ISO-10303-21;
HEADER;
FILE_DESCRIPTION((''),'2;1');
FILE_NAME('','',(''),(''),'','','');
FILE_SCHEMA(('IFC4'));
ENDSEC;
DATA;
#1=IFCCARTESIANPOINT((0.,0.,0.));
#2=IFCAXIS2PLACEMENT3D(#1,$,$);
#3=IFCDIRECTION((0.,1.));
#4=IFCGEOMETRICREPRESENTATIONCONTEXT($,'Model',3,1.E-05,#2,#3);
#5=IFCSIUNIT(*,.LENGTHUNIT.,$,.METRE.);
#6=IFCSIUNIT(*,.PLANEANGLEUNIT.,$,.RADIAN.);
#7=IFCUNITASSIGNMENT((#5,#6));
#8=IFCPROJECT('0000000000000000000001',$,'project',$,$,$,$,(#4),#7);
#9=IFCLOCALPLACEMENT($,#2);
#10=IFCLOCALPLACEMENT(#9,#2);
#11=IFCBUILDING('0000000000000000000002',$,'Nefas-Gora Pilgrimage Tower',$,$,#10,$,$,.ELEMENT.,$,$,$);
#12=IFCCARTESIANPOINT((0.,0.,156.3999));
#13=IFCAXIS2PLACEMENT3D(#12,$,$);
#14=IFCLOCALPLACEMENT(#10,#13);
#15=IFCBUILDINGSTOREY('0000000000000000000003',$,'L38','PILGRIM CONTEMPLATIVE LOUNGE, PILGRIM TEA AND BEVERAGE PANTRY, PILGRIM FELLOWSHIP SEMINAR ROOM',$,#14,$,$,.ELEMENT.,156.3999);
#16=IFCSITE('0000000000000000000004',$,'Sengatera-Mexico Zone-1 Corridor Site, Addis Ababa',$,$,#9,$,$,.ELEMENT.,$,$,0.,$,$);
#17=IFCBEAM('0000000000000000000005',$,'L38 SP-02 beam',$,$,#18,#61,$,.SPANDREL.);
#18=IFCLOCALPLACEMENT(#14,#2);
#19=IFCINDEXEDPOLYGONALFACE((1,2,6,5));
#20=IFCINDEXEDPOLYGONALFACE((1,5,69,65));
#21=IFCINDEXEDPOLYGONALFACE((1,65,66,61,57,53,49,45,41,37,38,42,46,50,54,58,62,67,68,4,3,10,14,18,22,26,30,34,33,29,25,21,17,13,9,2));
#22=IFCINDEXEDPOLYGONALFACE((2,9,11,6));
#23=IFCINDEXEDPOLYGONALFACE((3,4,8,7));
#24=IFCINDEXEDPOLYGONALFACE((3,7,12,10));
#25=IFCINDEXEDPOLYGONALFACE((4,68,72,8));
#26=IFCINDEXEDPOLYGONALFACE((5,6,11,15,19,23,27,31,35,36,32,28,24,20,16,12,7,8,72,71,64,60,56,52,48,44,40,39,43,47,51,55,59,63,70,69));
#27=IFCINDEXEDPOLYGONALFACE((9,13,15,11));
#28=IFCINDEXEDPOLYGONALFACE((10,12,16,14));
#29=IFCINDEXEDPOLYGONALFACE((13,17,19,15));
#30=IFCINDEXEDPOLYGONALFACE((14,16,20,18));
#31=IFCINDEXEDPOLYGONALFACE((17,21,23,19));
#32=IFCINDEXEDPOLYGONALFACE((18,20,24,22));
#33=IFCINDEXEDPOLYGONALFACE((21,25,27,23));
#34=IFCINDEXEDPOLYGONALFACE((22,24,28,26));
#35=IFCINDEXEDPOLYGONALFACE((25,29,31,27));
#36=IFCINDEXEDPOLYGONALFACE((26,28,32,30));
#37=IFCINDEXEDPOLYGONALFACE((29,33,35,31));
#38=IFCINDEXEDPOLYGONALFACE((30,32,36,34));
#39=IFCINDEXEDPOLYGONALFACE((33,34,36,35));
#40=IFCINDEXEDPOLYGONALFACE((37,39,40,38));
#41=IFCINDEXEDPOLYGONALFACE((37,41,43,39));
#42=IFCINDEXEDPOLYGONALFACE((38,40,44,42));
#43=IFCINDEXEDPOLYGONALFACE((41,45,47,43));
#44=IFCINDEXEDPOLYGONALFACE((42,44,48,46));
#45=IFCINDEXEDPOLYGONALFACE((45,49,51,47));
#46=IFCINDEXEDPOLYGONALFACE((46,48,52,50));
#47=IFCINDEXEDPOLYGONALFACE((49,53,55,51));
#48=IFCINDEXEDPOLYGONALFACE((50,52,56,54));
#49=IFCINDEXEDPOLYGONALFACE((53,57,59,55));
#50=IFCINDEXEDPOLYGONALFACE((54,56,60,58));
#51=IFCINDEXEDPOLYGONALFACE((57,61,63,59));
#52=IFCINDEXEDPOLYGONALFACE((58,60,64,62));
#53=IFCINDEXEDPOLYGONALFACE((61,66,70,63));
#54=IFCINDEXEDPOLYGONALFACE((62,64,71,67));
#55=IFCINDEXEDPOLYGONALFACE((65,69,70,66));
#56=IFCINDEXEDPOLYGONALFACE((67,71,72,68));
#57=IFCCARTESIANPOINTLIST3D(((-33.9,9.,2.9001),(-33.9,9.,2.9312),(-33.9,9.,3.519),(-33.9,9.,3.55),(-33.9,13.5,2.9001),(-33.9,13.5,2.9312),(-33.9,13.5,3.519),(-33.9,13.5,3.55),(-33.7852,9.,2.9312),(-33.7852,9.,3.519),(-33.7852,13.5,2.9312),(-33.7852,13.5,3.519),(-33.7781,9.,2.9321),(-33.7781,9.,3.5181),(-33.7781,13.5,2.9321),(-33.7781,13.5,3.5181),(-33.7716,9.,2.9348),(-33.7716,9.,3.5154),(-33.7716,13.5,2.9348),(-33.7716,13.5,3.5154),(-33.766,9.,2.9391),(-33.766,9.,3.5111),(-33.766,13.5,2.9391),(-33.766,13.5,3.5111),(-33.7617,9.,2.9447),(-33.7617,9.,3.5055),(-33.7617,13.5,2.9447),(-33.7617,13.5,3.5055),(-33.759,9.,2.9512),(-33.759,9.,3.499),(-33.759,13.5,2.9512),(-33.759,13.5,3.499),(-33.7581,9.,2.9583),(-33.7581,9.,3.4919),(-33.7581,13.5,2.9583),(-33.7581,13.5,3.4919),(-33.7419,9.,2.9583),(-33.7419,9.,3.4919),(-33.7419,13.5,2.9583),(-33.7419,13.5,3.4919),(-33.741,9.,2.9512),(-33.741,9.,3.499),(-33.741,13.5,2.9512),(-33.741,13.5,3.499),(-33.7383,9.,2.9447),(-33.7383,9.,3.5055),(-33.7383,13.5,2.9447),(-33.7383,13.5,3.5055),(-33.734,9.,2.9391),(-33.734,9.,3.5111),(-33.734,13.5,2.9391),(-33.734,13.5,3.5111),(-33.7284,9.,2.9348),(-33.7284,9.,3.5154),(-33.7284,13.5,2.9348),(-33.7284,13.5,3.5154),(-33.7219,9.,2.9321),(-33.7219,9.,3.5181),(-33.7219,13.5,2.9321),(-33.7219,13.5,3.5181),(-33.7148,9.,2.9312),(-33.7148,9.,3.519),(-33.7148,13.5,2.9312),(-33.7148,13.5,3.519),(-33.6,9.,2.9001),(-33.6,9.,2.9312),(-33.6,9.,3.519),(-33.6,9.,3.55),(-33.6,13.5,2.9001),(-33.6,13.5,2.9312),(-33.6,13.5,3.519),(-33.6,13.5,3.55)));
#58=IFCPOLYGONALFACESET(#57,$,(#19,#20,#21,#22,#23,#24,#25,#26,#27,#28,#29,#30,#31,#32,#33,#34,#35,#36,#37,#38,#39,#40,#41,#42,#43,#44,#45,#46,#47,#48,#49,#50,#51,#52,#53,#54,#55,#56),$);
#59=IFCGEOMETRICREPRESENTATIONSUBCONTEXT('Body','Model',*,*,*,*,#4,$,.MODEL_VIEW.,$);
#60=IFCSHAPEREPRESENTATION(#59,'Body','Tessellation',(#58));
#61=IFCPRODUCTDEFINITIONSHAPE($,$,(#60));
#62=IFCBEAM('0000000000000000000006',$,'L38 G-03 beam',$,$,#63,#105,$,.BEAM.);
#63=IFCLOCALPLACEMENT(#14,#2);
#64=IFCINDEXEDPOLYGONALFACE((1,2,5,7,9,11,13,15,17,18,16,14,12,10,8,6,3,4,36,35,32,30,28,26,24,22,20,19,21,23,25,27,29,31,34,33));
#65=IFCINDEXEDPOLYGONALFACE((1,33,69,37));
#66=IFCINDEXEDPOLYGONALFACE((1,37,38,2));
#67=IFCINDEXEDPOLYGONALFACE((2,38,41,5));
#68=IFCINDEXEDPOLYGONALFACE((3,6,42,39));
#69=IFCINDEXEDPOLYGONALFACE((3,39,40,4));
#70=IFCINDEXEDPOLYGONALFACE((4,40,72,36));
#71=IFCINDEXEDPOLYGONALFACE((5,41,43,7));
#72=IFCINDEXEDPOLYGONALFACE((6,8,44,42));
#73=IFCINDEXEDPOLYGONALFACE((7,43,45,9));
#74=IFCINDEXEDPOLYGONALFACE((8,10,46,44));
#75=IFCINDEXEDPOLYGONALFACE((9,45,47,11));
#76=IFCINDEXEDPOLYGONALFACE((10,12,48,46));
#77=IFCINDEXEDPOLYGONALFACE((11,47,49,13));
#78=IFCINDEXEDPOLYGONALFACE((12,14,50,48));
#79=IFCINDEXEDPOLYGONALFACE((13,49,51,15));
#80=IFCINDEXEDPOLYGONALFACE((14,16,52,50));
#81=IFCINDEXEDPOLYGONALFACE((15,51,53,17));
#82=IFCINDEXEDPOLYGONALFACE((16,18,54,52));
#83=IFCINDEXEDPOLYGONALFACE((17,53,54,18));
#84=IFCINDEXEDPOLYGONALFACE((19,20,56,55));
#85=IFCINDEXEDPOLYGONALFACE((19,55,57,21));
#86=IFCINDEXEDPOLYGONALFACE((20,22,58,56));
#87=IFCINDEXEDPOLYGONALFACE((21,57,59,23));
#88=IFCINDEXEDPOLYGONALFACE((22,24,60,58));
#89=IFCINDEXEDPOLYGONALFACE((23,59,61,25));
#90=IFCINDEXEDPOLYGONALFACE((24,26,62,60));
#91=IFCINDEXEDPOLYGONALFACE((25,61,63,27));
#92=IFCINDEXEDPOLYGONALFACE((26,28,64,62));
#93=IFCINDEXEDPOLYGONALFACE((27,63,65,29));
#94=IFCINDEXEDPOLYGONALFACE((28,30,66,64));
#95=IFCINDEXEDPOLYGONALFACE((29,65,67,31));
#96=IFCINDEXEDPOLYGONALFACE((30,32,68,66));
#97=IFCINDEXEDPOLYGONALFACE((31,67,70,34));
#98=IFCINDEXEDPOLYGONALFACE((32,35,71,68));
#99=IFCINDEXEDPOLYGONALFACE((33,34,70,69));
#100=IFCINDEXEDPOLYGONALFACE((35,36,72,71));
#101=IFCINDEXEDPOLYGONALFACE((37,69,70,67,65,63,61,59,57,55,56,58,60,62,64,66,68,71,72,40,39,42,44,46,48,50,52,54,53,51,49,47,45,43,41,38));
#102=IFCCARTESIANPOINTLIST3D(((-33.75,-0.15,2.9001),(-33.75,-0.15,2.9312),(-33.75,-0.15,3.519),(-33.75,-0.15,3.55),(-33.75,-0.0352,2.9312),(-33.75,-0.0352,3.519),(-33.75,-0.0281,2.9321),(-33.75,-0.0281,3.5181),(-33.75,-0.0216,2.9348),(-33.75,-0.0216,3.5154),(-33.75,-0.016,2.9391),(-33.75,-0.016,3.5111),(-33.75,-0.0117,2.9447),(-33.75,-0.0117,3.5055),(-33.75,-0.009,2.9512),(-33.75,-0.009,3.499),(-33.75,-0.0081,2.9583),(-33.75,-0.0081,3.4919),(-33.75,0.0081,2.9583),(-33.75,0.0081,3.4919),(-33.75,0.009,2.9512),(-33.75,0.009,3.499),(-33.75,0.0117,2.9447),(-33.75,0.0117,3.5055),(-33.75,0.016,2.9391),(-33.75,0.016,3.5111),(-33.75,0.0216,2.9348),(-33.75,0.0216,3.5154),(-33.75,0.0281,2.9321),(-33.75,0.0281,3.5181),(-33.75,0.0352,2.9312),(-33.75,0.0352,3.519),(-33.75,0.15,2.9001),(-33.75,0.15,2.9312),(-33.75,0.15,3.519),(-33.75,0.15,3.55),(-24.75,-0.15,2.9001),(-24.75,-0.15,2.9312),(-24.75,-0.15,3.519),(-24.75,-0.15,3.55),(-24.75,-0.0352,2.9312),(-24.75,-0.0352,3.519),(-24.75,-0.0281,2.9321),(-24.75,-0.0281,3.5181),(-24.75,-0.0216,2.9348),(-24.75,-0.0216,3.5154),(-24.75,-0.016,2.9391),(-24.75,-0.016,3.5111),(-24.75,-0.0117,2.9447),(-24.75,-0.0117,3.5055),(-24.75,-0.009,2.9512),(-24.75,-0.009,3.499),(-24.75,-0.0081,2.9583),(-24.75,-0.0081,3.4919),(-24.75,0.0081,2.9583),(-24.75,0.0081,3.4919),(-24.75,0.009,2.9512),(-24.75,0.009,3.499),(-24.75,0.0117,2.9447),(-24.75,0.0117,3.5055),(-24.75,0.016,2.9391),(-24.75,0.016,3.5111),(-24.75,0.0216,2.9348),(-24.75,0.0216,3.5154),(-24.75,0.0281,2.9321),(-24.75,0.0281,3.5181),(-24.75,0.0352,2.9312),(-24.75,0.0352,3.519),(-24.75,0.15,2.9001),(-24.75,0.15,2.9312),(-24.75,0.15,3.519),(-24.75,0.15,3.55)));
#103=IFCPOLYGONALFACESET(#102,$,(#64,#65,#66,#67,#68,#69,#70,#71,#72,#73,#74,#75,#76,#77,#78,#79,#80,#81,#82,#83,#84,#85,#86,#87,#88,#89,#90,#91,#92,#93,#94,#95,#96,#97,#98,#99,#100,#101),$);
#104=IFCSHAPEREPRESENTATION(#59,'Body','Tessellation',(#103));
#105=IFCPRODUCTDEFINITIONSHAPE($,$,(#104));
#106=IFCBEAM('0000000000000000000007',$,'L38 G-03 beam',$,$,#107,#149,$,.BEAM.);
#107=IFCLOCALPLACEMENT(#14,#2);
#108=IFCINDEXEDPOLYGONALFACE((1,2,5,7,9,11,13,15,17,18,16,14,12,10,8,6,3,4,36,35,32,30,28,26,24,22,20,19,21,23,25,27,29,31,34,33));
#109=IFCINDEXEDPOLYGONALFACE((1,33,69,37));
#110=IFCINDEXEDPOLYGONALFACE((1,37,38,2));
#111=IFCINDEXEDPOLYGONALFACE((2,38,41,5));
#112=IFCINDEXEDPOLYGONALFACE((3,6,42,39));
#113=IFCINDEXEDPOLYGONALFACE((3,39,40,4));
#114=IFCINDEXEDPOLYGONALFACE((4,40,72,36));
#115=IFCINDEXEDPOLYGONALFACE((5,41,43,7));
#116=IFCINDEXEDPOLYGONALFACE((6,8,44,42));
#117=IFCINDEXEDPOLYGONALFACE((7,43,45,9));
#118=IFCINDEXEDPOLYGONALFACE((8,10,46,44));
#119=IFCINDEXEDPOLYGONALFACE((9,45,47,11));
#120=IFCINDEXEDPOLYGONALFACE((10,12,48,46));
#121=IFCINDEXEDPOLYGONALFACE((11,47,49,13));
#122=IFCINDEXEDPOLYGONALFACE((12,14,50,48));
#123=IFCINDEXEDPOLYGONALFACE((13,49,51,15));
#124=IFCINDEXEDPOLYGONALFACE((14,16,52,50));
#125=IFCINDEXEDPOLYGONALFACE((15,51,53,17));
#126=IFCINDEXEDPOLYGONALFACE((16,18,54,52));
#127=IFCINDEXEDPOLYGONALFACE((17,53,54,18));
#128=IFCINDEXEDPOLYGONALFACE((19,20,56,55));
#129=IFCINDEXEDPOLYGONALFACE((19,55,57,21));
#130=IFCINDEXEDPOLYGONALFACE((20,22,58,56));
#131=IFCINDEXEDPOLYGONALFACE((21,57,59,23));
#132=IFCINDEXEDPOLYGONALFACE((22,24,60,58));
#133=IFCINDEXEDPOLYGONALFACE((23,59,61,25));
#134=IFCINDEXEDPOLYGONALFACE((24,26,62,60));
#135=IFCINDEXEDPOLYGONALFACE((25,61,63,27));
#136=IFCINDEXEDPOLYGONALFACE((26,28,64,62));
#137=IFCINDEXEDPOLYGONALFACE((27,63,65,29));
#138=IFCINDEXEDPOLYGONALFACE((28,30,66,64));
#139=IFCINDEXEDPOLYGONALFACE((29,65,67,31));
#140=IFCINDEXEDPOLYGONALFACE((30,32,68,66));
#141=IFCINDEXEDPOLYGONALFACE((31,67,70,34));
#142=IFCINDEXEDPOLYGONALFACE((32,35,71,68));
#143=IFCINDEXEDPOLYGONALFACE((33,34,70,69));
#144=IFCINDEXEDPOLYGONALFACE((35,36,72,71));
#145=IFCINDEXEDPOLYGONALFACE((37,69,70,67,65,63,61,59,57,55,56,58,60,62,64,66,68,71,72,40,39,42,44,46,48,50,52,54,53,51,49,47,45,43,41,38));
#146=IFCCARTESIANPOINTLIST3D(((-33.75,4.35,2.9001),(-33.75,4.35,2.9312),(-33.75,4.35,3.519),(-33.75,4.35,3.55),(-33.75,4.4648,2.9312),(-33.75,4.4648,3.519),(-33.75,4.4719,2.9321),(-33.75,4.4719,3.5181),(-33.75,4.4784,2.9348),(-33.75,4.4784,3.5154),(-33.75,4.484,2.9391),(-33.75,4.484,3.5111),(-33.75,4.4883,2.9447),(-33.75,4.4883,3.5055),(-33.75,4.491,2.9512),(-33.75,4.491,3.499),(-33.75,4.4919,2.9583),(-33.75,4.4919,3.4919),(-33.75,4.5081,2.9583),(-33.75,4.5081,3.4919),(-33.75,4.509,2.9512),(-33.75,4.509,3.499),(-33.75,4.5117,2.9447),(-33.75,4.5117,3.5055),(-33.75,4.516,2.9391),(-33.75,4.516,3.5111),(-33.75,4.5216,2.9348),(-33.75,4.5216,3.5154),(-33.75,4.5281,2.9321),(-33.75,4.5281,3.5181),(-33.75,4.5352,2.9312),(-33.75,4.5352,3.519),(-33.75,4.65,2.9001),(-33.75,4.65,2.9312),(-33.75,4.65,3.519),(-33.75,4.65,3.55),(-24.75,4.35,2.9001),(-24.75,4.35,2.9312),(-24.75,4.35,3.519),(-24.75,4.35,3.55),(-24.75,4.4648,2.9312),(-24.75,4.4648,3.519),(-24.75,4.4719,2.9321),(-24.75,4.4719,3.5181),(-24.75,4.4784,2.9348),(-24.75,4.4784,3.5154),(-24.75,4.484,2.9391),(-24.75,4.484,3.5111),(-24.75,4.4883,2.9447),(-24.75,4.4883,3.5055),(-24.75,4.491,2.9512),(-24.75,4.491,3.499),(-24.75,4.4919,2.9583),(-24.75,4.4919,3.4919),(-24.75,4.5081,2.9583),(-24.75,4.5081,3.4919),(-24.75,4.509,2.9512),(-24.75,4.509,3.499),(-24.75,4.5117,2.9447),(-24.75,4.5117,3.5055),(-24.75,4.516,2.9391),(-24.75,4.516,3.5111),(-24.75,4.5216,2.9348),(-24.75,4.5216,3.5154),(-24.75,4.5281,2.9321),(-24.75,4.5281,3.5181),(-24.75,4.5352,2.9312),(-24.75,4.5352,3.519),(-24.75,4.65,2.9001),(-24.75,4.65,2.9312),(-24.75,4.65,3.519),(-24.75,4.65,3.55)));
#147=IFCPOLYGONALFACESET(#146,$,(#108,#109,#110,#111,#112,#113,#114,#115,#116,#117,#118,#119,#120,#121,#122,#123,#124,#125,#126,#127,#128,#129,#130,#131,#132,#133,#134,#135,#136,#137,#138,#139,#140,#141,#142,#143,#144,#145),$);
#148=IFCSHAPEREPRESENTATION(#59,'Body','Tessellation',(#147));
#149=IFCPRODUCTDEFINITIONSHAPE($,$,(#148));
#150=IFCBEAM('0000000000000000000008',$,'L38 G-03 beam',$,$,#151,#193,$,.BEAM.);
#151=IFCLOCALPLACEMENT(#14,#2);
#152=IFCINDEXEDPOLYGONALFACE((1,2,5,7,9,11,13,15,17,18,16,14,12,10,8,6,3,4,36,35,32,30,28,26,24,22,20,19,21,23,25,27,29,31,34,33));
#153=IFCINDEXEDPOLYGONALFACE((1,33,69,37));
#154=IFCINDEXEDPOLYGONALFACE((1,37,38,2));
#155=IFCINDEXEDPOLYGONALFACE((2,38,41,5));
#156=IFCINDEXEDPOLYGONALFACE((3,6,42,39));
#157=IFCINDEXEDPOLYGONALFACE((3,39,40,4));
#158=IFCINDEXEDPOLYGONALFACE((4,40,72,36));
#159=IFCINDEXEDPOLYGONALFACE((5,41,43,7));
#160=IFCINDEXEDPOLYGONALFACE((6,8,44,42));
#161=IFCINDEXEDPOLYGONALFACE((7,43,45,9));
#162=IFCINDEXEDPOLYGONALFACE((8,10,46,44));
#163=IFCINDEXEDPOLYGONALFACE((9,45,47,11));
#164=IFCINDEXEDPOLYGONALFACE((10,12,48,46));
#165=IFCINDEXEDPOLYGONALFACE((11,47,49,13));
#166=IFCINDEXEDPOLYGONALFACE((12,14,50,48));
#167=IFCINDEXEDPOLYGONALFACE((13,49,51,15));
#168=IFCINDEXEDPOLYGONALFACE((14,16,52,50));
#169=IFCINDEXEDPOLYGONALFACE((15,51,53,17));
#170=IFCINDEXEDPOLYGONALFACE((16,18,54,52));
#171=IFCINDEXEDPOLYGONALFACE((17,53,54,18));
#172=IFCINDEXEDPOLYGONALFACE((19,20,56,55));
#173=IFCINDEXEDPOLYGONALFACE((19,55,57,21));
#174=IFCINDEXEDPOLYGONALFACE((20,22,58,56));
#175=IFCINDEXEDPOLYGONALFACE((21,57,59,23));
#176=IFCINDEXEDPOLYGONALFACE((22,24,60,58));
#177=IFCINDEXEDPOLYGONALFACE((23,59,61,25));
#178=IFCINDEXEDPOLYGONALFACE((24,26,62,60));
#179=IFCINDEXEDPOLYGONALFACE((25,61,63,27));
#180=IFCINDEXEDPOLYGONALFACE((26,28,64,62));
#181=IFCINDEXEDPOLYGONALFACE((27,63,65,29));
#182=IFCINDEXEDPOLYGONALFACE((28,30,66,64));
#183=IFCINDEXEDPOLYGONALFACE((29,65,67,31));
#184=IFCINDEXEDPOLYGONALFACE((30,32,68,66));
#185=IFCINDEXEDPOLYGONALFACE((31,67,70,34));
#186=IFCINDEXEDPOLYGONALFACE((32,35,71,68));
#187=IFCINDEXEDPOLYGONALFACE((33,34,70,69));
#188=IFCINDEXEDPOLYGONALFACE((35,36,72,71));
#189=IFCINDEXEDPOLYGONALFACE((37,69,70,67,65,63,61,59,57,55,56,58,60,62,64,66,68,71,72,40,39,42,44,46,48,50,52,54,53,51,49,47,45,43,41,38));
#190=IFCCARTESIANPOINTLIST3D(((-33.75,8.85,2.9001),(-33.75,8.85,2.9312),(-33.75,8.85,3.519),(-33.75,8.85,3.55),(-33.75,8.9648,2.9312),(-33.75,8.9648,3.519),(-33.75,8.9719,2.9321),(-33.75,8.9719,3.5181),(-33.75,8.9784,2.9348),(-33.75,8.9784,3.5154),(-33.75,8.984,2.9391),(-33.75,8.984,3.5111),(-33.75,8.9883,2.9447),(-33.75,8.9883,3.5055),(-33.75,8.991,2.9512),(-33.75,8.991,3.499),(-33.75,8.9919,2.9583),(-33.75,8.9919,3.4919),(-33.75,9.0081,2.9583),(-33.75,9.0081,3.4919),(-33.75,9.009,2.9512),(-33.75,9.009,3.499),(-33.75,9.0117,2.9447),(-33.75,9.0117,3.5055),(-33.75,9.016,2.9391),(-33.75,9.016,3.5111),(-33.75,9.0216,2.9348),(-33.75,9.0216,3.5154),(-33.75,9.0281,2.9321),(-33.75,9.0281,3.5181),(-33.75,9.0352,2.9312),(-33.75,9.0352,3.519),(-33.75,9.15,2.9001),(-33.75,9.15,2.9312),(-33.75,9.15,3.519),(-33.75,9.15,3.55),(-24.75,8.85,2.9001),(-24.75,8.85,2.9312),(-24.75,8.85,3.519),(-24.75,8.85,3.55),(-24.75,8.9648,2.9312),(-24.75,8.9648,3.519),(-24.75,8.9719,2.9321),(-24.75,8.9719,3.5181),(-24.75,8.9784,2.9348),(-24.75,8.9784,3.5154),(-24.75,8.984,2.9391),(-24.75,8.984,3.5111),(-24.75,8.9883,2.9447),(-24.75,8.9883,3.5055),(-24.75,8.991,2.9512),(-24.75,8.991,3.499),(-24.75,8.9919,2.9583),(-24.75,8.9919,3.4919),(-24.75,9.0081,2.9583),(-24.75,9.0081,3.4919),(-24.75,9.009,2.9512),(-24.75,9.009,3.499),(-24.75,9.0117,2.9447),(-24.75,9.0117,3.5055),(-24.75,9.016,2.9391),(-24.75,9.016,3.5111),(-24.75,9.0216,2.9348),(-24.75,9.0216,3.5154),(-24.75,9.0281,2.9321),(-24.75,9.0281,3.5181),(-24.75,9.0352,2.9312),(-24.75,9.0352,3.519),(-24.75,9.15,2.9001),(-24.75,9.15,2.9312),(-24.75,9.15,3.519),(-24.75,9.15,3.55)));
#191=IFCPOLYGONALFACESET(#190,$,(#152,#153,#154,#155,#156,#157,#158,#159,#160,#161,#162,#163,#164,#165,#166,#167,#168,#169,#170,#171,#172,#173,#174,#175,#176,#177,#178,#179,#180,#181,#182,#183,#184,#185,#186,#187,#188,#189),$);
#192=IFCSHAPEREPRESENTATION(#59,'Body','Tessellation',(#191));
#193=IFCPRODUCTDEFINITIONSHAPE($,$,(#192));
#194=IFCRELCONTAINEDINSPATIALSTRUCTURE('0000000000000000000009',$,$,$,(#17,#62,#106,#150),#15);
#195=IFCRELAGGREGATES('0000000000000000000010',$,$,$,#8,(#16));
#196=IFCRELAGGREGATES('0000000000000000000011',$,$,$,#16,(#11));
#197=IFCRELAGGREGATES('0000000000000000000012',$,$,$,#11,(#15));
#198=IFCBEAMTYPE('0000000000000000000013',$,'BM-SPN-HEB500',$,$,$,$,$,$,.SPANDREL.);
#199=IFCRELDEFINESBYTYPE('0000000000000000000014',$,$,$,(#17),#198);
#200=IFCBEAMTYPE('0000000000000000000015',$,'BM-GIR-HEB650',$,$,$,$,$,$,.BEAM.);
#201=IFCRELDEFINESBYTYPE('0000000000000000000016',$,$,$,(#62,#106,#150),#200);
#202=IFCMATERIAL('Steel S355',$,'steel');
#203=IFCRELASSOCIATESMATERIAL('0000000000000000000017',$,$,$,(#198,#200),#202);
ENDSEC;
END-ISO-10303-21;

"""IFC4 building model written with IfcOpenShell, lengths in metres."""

from ifc_helpers import new_model, si_unit, direction, frame, origin, origin_2d, place, context, subcontext, project, spatial, i_section, extrude, source, transform, mapped, material, material_profile, profile_set, type_object, element, save


model = new_model("IFC4")

# Units and contexts
model_context = context("Model", 3, precision=1e-05, world=origin(), true_north=direction((0.0, 1.0)))
body_context = subcontext(model_context, "Body", "Model", "MODEL_VIEW")
ifc_project = project(units=[si_unit("LENGTHUNIT", "METRE"), si_unit("PLANEANGLEUNIT", "RADIAN")], contexts=[model_context])

# Site, building, storey
site_placement = place(None, origin())
site = spatial("IfcSite", under=ifc_project, at=site_placement, Name="Sengatera-Mexico Zone-1 Corridor Site, Addis Ababa", CompositionType="ELEMENT", RefElevation=0.0)
building_placement = place(site_placement, origin())
building = spatial("IfcBuilding", under=site, at=building_placement, Name="Nefas-Gora Pilgrimage Tower", CompositionType="ELEMENT")
storey_placement = place(building_placement, frame((0.0, 0.0, 156.3999)))
storey = spatial("IfcBuildingStorey", under=building, at=storey_placement, Name="L38", Description="PILGRIM CONTEMPLATIVE LOUNGE, PILGRIM TEA AND BEVERAGE PANTRY, PILGRIM FELLOWSHIP SEMINAR ROOM", CompositionType="ELEMENT", Elevation=156.3999)

# Beams
ifc_material_1 = material(Name="Steel S355", Category="steel")
ifc_material_profile_1 = material_profile(ifc_material_1, i_section(OverallWidth=0.3, OverallDepth=0.6499, WebThickness=0.0161, FlangeThickness=0.031, FilletRadius=0.0271, at=origin_2d()), Name="HEB 650")
ifc_profile_set_1 = profile_set([ifc_material_profile_1], Name="Steel S355")
beam_type_1 = type_object("IfcBeamType", Name="BM-SPN-HEB500", PredefinedType="SPANDREL", material=ifc_profile_set_1)
shared_shape_1 = source(origin(), body_context, "Body", "SweptSolid", [
    extrude(i_section(OverallWidth=0.3, OverallDepth=0.6499, WebThickness=0.0161, FlangeThickness=0.031, FilletRadius=0.0271, at=origin_2d()), origin(), (0.0, 0.0, 1.0), 4.5),
])
for number, where, z_axis, x_axis, name in (
    (1, (-33.75, 9.0, 3.2251), (0.0, 1.0, 0.0), (-1.0, 0.0, 0.0), "L38 SP-02 beam"),
):
    element("IfcBeam", number, at=place(storey_placement, frame(where, z_axis=z_axis, x_axis=x_axis)), inside=storey, type_object=beam_type_1, Name=name, PredefinedType="SPANDREL", context=body_context, shape_type="MappedRepresentation", body=[
        mapped(shared_shape_1, transform((0.0, 0.0, 0.0), x_axis=(1.0, 0.0, 0.0), y_axis=(0.0, 1.0, 0.0), z_axis=(0.0, 0.0, 1.0), scale=1.0)),
    ])
ifc_material_profile_2 = material_profile(ifc_material_1, i_section(OverallWidth=0.3, OverallDepth=0.6499, WebThickness=0.0161, FlangeThickness=0.031, FilletRadius=0.0271, at=origin_2d()), Name="HEB 650")
ifc_profile_set_2 = profile_set([ifc_material_profile_2], Name="Steel S355")
beam_type_2 = type_object("IfcBeamType", Name="BM-GIR-HEB650", PredefinedType="BEAM", material=ifc_profile_set_2)
shared_shape_2 = source(origin(), body_context, "Body", "SweptSolid", [
    extrude(i_section(OverallWidth=0.3, OverallDepth=0.6499, WebThickness=0.0161, FlangeThickness=0.031, FilletRadius=0.0271, at=origin_2d()), origin(), (0.0, 0.0, 1.0), 9.0),
])
for number, where, z_axis, x_axis, name in (
    (2, (-33.75, 0.0, 3.2251), (1.0, 0.0, 0.0), (0.0, 1.0, 0.0), "L38 G-03 beam"),
    (3, (-33.75, 4.5, 3.2251), (1.0, 0.0, 0.0), (0.0, 1.0, 0.0), "L38 G-03 beam"),
    (4, (-33.75, 9.0, 3.2251), (1.0, 0.0, 0.0), (0.0, 1.0, 0.0), "L38 G-03 beam"),
):
    element("IfcBeam", number, at=place(storey_placement, frame(where, z_axis=z_axis, x_axis=x_axis)), inside=storey, type_object=beam_type_2, Name=name, PredefinedType="BEAM", context=body_context, shape_type="MappedRepresentation", body=[
        mapped(shared_shape_2, transform((0.0, 0.0, 0.0), x_axis=(1.0, 0.0, 0.0), y_axis=(0.0, 1.0, 0.0), z_axis=(0.0, 0.0, 1.0), scale=1.0)),
    ])

save(model, "model.ifc")
